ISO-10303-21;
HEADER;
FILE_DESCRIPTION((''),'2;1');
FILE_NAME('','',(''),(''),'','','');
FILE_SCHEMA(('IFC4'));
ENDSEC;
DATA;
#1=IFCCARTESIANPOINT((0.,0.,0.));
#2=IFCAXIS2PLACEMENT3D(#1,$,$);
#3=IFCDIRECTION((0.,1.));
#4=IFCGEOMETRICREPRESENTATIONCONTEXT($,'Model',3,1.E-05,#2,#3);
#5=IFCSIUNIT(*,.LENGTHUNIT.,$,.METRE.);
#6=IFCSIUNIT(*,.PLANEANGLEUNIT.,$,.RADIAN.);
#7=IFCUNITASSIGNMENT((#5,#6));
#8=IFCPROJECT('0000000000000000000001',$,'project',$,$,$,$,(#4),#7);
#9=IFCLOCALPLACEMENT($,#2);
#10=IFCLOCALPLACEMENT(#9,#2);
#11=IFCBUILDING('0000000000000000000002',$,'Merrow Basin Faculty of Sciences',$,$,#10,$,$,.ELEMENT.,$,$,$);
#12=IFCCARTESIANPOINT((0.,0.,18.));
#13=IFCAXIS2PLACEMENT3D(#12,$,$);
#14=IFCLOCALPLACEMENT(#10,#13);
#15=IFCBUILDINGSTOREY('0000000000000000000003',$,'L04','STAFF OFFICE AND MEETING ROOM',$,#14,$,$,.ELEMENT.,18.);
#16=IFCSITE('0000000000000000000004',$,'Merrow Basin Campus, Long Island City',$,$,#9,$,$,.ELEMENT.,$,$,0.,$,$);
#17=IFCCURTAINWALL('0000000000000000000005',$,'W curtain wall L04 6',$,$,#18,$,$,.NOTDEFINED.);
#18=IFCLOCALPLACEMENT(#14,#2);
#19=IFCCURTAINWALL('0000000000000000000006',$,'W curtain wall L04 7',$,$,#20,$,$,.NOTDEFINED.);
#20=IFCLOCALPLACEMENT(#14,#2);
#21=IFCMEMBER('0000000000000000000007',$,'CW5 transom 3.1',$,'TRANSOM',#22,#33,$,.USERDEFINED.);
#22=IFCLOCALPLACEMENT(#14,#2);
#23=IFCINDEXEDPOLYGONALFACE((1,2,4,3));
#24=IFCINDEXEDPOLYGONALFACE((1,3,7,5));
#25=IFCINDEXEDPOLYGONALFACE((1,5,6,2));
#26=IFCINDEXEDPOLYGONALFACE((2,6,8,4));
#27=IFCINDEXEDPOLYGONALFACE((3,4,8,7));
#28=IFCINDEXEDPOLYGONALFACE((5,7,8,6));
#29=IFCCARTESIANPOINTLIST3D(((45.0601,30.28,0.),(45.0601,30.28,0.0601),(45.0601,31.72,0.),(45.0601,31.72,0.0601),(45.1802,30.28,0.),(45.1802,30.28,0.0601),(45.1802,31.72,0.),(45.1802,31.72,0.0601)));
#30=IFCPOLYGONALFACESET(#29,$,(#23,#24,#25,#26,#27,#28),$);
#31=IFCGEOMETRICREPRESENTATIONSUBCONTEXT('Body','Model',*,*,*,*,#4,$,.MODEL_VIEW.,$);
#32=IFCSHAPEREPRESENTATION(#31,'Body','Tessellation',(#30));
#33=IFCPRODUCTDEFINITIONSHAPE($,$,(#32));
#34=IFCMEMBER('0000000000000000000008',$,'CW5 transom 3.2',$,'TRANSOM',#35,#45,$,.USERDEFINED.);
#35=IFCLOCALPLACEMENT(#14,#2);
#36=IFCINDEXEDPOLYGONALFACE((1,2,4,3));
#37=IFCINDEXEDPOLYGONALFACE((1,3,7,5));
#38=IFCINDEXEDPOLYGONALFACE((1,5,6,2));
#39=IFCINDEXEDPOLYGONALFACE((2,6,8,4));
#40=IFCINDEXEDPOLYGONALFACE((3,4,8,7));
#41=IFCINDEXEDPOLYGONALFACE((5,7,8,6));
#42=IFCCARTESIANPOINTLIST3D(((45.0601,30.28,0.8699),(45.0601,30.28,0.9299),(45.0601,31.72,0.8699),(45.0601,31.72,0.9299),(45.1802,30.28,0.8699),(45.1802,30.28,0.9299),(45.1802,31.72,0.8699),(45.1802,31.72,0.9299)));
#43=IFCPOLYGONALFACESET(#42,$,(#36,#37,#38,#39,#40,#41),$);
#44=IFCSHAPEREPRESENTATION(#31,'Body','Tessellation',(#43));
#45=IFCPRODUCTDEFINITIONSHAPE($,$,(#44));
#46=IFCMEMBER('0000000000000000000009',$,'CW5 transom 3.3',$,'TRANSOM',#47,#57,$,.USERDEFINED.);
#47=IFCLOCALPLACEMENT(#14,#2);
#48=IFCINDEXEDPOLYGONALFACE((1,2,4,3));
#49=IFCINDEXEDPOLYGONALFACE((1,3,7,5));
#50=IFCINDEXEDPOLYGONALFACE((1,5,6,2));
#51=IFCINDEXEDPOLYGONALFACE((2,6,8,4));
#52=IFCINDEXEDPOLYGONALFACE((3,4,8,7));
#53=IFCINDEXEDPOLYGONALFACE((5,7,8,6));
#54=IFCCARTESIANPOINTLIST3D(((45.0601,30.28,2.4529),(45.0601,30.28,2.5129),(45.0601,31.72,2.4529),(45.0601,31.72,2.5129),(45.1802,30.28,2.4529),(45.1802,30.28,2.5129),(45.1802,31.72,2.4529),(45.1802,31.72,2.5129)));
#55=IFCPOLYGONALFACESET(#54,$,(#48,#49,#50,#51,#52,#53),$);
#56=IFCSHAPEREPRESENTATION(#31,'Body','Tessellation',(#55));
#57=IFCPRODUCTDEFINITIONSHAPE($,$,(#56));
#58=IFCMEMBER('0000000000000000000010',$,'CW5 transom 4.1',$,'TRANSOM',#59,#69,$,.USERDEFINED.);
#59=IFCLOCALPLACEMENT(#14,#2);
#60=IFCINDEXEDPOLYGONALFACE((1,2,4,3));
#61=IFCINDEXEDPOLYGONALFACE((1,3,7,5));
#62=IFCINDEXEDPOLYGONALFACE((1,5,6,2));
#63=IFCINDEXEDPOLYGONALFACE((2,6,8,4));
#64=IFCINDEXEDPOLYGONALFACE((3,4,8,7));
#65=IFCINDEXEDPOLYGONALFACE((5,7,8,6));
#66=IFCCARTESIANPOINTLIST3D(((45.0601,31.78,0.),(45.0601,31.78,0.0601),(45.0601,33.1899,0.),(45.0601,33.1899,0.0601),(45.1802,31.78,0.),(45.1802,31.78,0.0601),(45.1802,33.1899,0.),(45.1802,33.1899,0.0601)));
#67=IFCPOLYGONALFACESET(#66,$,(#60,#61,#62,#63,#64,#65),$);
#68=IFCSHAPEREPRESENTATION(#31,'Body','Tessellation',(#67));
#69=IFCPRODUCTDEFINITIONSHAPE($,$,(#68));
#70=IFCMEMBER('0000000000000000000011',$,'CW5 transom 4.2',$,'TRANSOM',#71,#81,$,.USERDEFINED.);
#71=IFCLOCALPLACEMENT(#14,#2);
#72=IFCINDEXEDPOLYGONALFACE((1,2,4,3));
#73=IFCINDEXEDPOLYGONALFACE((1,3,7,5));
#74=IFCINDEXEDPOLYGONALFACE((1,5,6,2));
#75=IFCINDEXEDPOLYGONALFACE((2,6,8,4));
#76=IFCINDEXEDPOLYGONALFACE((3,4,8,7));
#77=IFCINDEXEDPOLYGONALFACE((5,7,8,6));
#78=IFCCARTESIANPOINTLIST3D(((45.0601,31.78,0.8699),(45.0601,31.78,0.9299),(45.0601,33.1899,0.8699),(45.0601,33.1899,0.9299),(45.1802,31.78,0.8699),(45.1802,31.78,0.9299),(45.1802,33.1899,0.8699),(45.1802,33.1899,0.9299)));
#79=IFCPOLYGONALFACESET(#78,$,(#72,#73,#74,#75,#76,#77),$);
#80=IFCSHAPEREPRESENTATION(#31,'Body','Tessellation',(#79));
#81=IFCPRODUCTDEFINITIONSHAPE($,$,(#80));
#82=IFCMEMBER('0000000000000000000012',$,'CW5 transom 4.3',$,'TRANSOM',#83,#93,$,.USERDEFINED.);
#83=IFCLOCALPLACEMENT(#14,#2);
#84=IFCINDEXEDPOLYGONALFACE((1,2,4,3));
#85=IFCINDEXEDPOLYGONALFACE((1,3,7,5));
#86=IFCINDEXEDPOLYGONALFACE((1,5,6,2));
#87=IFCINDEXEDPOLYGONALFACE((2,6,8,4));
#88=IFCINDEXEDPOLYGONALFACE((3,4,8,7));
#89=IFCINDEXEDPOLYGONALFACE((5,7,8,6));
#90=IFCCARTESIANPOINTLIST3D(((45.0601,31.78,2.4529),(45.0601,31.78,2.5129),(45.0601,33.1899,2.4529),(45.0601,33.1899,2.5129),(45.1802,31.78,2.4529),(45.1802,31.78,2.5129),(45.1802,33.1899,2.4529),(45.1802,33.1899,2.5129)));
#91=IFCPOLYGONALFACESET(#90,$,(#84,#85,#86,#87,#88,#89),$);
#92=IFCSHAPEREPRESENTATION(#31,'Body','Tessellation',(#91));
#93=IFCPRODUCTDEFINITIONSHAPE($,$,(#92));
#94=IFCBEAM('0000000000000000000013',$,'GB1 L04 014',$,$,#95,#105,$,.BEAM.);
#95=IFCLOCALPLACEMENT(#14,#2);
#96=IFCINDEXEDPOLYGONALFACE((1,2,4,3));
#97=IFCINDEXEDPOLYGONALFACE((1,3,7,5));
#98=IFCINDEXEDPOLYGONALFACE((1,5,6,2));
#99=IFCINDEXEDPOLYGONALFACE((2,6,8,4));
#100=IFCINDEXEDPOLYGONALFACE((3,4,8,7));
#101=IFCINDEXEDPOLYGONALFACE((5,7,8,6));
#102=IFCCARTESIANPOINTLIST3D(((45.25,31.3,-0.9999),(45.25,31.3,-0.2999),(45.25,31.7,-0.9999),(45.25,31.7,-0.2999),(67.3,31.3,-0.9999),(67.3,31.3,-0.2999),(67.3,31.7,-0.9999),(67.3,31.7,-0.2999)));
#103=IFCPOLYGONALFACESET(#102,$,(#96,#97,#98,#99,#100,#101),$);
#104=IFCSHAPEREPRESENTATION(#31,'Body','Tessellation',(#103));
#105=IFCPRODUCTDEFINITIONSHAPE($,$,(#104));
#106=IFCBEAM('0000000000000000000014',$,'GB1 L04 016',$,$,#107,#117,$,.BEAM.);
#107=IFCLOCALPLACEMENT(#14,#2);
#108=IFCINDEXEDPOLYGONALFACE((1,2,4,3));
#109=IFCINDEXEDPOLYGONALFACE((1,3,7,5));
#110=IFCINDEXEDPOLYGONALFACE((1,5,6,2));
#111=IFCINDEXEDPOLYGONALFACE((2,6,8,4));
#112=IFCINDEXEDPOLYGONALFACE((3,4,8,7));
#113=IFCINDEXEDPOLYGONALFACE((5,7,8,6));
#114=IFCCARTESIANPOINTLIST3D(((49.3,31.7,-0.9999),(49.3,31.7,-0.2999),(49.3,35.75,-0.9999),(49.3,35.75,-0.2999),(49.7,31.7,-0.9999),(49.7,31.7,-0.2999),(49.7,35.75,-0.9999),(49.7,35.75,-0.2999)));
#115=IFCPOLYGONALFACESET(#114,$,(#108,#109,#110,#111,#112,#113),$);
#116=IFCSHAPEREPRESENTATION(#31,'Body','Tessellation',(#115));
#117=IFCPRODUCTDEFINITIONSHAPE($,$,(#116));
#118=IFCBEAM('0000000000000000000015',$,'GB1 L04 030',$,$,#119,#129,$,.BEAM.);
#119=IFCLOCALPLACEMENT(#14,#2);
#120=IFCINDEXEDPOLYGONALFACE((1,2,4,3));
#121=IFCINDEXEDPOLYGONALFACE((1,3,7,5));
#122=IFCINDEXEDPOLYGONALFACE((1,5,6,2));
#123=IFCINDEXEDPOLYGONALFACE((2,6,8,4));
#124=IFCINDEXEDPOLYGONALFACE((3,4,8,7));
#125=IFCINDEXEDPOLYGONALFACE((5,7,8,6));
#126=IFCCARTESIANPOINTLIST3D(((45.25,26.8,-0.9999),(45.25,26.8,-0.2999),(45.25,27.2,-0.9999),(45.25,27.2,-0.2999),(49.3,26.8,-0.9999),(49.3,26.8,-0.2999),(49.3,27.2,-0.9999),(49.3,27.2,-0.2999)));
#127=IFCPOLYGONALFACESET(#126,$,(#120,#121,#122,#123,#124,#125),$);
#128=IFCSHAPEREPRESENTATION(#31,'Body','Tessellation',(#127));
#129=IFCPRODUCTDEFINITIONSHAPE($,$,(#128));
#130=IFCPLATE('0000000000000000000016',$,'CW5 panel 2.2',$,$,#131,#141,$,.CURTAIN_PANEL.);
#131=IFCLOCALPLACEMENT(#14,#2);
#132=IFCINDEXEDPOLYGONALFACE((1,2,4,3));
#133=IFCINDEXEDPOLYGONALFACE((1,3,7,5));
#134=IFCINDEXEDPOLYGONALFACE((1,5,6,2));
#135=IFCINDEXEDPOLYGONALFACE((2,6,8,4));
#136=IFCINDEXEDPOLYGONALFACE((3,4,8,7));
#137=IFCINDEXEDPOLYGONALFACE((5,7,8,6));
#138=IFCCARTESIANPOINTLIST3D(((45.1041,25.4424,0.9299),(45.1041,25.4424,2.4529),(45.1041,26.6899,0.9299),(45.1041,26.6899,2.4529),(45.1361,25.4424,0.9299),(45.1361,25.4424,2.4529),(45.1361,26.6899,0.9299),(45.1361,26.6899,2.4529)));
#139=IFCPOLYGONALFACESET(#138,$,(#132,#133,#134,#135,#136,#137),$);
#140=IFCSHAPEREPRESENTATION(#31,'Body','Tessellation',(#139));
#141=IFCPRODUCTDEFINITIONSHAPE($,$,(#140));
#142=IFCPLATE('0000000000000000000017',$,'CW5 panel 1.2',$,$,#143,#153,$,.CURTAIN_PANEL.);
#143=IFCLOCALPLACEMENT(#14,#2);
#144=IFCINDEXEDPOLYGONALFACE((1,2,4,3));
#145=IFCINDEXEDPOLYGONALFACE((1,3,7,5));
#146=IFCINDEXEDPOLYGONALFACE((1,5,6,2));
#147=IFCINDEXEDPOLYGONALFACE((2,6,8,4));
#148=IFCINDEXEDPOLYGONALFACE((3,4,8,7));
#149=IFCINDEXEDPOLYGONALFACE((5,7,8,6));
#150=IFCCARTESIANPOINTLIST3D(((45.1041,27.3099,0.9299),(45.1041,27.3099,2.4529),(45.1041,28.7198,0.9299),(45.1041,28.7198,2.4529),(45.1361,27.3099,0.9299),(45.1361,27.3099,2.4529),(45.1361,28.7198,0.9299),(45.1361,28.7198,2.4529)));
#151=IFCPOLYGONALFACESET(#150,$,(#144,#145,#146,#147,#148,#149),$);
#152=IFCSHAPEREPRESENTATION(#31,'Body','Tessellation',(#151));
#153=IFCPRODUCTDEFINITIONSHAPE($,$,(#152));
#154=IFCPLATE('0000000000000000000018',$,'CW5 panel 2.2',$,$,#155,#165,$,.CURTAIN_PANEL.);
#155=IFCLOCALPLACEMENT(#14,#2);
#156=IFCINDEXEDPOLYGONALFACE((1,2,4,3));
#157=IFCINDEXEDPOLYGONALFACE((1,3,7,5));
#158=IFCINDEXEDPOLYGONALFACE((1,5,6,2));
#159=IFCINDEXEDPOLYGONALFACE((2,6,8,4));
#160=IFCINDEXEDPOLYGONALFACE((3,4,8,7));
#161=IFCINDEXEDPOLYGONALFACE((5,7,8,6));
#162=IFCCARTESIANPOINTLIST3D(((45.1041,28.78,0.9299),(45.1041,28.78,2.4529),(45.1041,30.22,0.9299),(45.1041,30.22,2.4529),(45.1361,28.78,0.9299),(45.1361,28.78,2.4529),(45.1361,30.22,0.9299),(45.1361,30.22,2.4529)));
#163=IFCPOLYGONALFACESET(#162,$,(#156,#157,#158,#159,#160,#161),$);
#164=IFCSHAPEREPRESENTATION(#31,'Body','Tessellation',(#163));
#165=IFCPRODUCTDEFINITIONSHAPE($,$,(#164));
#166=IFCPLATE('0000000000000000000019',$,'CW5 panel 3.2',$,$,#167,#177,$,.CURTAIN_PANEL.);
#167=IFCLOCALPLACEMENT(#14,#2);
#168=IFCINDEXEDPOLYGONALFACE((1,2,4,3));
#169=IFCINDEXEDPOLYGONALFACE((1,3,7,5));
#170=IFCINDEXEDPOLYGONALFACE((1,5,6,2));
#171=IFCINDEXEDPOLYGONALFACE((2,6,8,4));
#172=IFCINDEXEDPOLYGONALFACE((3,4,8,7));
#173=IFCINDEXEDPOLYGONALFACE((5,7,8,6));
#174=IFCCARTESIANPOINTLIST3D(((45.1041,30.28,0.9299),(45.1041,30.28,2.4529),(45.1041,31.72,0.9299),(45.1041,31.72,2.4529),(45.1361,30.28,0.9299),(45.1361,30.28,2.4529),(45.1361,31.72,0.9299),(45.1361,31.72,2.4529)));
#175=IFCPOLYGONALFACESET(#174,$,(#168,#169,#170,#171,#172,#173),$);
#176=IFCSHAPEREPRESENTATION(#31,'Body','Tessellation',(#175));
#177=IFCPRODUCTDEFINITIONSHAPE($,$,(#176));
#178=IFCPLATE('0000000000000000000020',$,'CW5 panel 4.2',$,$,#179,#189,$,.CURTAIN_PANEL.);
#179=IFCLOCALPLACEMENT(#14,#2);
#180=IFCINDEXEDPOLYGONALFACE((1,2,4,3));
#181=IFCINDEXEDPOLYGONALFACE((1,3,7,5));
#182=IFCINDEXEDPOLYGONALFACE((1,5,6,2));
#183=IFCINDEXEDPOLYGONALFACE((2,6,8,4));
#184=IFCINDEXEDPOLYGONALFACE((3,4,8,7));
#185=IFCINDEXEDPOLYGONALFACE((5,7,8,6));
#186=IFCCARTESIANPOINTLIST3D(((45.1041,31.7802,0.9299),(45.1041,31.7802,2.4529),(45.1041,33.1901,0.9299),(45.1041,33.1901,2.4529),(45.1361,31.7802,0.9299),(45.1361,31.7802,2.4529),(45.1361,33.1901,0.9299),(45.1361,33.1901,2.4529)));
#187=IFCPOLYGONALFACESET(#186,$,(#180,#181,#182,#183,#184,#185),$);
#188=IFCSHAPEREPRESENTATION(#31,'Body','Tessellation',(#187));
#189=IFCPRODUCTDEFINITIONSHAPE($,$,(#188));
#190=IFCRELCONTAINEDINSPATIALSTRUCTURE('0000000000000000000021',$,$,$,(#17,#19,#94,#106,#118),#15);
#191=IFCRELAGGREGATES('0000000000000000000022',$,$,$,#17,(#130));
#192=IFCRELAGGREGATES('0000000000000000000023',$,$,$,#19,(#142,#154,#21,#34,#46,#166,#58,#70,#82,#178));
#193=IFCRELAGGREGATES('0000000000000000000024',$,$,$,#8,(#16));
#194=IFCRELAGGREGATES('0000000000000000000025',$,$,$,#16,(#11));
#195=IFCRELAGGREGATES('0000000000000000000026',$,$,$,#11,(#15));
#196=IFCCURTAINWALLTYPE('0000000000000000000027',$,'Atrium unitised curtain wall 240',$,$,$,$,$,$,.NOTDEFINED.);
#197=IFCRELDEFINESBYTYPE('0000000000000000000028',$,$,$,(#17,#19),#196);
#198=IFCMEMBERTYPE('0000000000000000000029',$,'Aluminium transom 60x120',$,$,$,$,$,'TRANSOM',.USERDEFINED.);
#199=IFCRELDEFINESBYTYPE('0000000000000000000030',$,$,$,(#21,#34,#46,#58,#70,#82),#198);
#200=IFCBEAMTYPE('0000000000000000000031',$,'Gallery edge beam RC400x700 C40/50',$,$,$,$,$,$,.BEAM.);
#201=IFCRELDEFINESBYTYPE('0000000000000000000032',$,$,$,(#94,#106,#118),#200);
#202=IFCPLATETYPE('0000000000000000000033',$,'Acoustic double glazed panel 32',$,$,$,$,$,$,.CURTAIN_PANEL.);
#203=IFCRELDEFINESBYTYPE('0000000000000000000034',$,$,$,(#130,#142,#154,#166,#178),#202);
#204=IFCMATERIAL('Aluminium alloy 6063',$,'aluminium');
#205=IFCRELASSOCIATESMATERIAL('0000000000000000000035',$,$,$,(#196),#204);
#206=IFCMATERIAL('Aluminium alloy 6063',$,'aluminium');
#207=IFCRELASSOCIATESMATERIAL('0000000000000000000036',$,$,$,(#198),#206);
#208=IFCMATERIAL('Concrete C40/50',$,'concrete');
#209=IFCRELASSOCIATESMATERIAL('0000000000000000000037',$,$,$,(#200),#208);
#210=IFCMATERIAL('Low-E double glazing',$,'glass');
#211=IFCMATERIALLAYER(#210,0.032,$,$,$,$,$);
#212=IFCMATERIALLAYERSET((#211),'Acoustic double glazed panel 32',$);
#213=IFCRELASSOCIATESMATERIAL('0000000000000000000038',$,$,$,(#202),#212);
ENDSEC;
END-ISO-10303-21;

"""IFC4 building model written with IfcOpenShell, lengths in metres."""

from ifc_helpers import new_model, si_unit, direction, frame, origin, origin_2d, place, context, subcontext, project, spatial, rectangle, extrude, material, layer, layer_set, material_profile, profile_set, type_object, element, aggregate, save


model = new_model("IFC4")

# Units and contexts
model_context = context("Model", 3, precision=1e-05, world=origin(), true_north=direction((0.0, 1.0)))
body_context = subcontext(model_context, "Body", "Model", "MODEL_VIEW")
ifc_project = project(units=[si_unit("LENGTHUNIT", "METRE"), si_unit("PLANEANGLEUNIT", "RADIAN")], contexts=[model_context])

# Site, building, storey
site_placement = place(None, origin())
site = spatial("IfcSite", under=ifc_project, at=site_placement, Name="Merrow Basin Campus, Long Island City", CompositionType="ELEMENT", RefElevation=0.0)
building_placement = place(site_placement, origin())
building = spatial("IfcBuilding", under=site, at=building_placement, Name="Merrow Basin Faculty of Sciences", CompositionType="ELEMENT")
storey_placement = place(building_placement, frame((0.0, 0.0, 18.0)))
storey = spatial("IfcBuildingStorey", under=building, at=storey_placement, Name="L04", Description="STAFF OFFICE AND MEETING ROOM", CompositionType="ELEMENT", Elevation=18.0)

# Curtain wall
ifc_material_1 = material(Name="Aluminium alloy 6063", Category="aluminium")
curtain_wall_type = type_object("IfcCurtainWallType", Name="Atrium unitised curtain wall 240", PredefinedType="NOTDEFINED", material=ifc_material_1)
curtain_wall_1_placement = place(storey_placement, origin())
curtain_wall_1 = element("IfcCurtainWall", 1, at=curtain_wall_1_placement, inside=storey, type_object=curtain_wall_type, Name="W curtain wall L04 6", PredefinedType="NOTDEFINED")

# Curtain wall
curtain_wall_2_placement = place(storey_placement, origin())
curtain_wall_2 = element("IfcCurtainWall", 2, at=curtain_wall_2_placement, inside=storey, type_object=curtain_wall_type, Name="W curtain wall L04 7", PredefinedType="NOTDEFINED")

# Members
ifc_material_2 = material(Name="Aluminium alloy 6063", Category="aluminium")
ifc_material_profile_1 = material_profile(ifc_material_2, rectangle(XDim=0.1201, YDim=0.0601, at=origin_2d()))
ifc_profile_set_1 = profile_set([ifc_material_profile_1], Name="Aluminium alloy 6063")
member_type_1 = type_object("IfcMemberType", Name="Aluminium transom 60x120", ElementType="TRANSOM", PredefinedType="USERDEFINED", material=ifc_profile_set_1)
member_1_placement = place(storey_placement, frame((45.1201, 30.28, 0.03), z_axis=(0.0, 1.0, 0.0), x_axis=(-1.0, 0.0, 0.0)))
member_1 = element("IfcMember", 3, at=member_1_placement, type_object=member_type_1, Name="CW5 transom 3.1", ObjectType="TRANSOM", PredefinedType="USERDEFINED", context=body_context, shape_type="SweptSolid", body=[
    extrude(rectangle(XDim=0.1201, YDim=0.0601, at=origin_2d()), origin(), (0.0, 0.0, 1.0), 1.4399),
])
member_2_placement = place(storey_placement, frame((45.1201, 30.28, 0.8999), z_axis=(0.0, 1.0, 0.0), x_axis=(-1.0, 0.0, 0.0)))
member_2 = element("IfcMember", 4, at=member_2_placement, type_object=member_type_1, Name="CW5 transom 3.2", ObjectType="TRANSOM", PredefinedType="USERDEFINED", context=body_context, shape_type="SweptSolid", body=[
    extrude(rectangle(XDim=0.1201, YDim=0.0601, at=origin_2d()), origin(), (0.0, 0.0, 1.0), 1.4399),
])
member_3_placement = place(storey_placement, frame((45.1201, 30.28, 2.4829), z_axis=(0.0, 1.0, 0.0), x_axis=(-1.0, 0.0, 0.0)))
member_3 = element("IfcMember", 5, at=member_3_placement, type_object=member_type_1, Name="CW5 transom 3.3", ObjectType="TRANSOM", PredefinedType="USERDEFINED", context=body_context, shape_type="SweptSolid", body=[
    extrude(rectangle(XDim=0.1201, YDim=0.0601, at=origin_2d()), origin(), (0.0, 0.0, 1.0), 1.4399),
])
member_4_placement = place(storey_placement, frame((45.1201, 31.78, 0.03), z_axis=(0.0, 1.0, 0.0), x_axis=(-1.0, 0.0, 0.0)))
member_4 = element("IfcMember", 6, at=member_4_placement, type_object=member_type_1, Name="CW5 transom 4.1", ObjectType="TRANSOM", PredefinedType="USERDEFINED", context=body_context, shape_type="SweptSolid", body=[
    extrude(rectangle(XDim=0.1201, YDim=0.0601, at=origin_2d()), origin(), (0.0, 0.0, 1.0), 1.4099),
])
member_5_placement = place(storey_placement, frame((45.1201, 31.78, 0.8999), z_axis=(0.0, 1.0, 0.0), x_axis=(-1.0, 0.0, 0.0)))
member_5 = element("IfcMember", 7, at=member_5_placement, type_object=member_type_1, Name="CW5 transom 4.2", ObjectType="TRANSOM", PredefinedType="USERDEFINED", context=body_context, shape_type="SweptSolid", body=[
    extrude(rectangle(XDim=0.1201, YDim=0.0601, at=origin_2d()), origin(), (0.0, 0.0, 1.0), 1.4099),
])
member_6_placement = place(storey_placement, frame((45.1201, 31.78, 2.4829), z_axis=(0.0, 1.0, 0.0), x_axis=(-1.0, 0.0, 0.0)))
member_6 = element("IfcMember", 8, at=member_6_placement, type_object=member_type_1, Name="CW5 transom 4.3", ObjectType="TRANSOM", PredefinedType="USERDEFINED", context=body_context, shape_type="SweptSolid", body=[
    extrude(rectangle(XDim=0.1201, YDim=0.0601, at=origin_2d()), origin(), (0.0, 0.0, 1.0), 1.4099),
])

# Beams
ifc_material_3 = material(Name="Concrete C40/50", Category="concrete")
ifc_material_profile_2 = material_profile(ifc_material_3, rectangle(XDim=0.3999, YDim=0.7, at=origin_2d()))
ifc_profile_set_2 = profile_set([ifc_material_profile_2], Name="Concrete C40/50")
beam_type = type_object("IfcBeamType", Name="Gallery edge beam RC400x700 C40/50", PredefinedType="BEAM", material=ifc_profile_set_2)
beam_placement = place(storey_placement, frame((45.25, 31.5, -0.6499), z_axis=(1.0, 0.0, 0.0), x_axis=(0.0, 1.0, 0.0)))
element("IfcBeam", 9, at=beam_placement, inside=storey, type_object=beam_type, Name="GB1 L04 014", PredefinedType="BEAM", context=body_context, shape_type="SweptSolid", body=[
    extrude(rectangle(XDim=0.3999, YDim=0.7, at=origin_2d()), origin(), (0.0, 0.0, 1.0), 22.05),
])
for number, where, z_axis, x_axis, name in (
    (10, (49.5, 31.7, -0.6499), (0.0, 1.0, 0.0), (-1.0, 0.0, 0.0), "GB1 L04 016"),
    (11, (45.25, 27.0, -0.6499), (1.0, 0.0, 0.0), (0.0, 1.0, 0.0), "GB1 L04 030"),
):
    element("IfcBeam", number, at=place(storey_placement, frame(where, z_axis=z_axis, x_axis=x_axis)), inside=storey, type_object=beam_type, Name=name, PredefinedType="BEAM", context=body_context, shape_type="SweptSolid", body=[
        extrude(rectangle(XDim=0.3999, YDim=0.7, at=origin_2d()), origin(), (0.0, 0.0, 1.0), 4.05),
    ])

# Plates
ifc_material_4 = material(Name="Low-E double glazing", Category="glass")
ifc_layer_1 = layer(ifc_material_4, 0.032)
ifc_layer_set_1 = layer_set([ifc_layer_1], Name="Acoustic double glazed panel 32")
plate_type_1 = type_object("IfcPlateType", Name="Acoustic double glazed panel 32", PredefinedType="CURTAIN_PANEL", material=ifc_layer_set_1)
plate_1_placement = place(storey_placement, frame((45.1201, 26.0662, 0.9299), z_axis=(0.0, 0.0, 1.0), x_axis=(0.0, 1.0, 0.0)))
plate_1 = element("IfcPlate", 12, at=plate_1_placement, type_object=plate_type_1, Name="CW5 panel 2.2", PredefinedType="CURTAIN_PANEL", context=body_context, shape_type="SweptSolid", body=[
    extrude(rectangle(XDim=1.2476, YDim=0.032, at=origin_2d()), origin(), (0.0, 0.0, 1.0), 1.5229),
])
plate_2_placement = place(storey_placement, frame((45.1201, 28.0149, 0.9299), z_axis=(0.0, 0.0, 1.0), x_axis=(0.0, 1.0, 0.0)))
plate_2 = element("IfcPlate", 13, at=plate_2_placement, type_object=plate_type_1, Name="CW5 panel 1.2", PredefinedType="CURTAIN_PANEL", context=body_context, shape_type="SweptSolid", body=[
    extrude(rectangle(XDim=1.4099, YDim=0.032, at=origin_2d()), origin(), (0.0, 0.0, 1.0), 1.5229),
])
plate_3_placement = place(storey_placement, frame((45.1201, 29.5, 0.9299), z_axis=(0.0, 0.0, 1.0), x_axis=(0.0, 1.0, 0.0)))
plate_3 = element("IfcPlate", 14, at=plate_3_placement, type_object=plate_type_1, Name="CW5 panel 2.2", PredefinedType="CURTAIN_PANEL", context=body_context, shape_type="SweptSolid", body=[
    extrude(rectangle(XDim=1.4399, YDim=0.032, at=origin_2d()), origin(), (0.0, 0.0, 1.0), 1.5229),
])
plate_4_placement = place(storey_placement, frame((45.1201, 31.0, 0.9299), z_axis=(0.0, 0.0, 1.0), x_axis=(0.0, 1.0, 0.0)))
plate_4 = element("IfcPlate", 15, at=plate_4_placement, type_object=plate_type_1, Name="CW5 panel 3.2", PredefinedType="CURTAIN_PANEL", context=body_context, shape_type="SweptSolid", body=[
    extrude(rectangle(XDim=1.4399, YDim=0.032, at=origin_2d()), origin(), (0.0, 0.0, 1.0), 1.5229),
])
plate_5_placement = place(storey_placement, frame((45.1201, 32.4851, 0.9299), z_axis=(0.0, 0.0, 1.0), x_axis=(0.0, 1.0, 0.0)))
plate_5 = element("IfcPlate", 16, at=plate_5_placement, type_object=plate_type_1, Name="CW5 panel 4.2", PredefinedType="CURTAIN_PANEL", context=body_context, shape_type="SweptSolid", body=[
    extrude(rectangle(XDim=1.4099, YDim=0.032, at=origin_2d()), origin(), (0.0, 0.0, 1.0), 1.5229),
])
aggregate(curtain_wall_1, [plate_1])
aggregate(curtain_wall_2, [plate_2, plate_3, member_1, member_2, member_3, plate_4, member_4, member_5, member_6, plate_5])

save(model, "model.ifc")
